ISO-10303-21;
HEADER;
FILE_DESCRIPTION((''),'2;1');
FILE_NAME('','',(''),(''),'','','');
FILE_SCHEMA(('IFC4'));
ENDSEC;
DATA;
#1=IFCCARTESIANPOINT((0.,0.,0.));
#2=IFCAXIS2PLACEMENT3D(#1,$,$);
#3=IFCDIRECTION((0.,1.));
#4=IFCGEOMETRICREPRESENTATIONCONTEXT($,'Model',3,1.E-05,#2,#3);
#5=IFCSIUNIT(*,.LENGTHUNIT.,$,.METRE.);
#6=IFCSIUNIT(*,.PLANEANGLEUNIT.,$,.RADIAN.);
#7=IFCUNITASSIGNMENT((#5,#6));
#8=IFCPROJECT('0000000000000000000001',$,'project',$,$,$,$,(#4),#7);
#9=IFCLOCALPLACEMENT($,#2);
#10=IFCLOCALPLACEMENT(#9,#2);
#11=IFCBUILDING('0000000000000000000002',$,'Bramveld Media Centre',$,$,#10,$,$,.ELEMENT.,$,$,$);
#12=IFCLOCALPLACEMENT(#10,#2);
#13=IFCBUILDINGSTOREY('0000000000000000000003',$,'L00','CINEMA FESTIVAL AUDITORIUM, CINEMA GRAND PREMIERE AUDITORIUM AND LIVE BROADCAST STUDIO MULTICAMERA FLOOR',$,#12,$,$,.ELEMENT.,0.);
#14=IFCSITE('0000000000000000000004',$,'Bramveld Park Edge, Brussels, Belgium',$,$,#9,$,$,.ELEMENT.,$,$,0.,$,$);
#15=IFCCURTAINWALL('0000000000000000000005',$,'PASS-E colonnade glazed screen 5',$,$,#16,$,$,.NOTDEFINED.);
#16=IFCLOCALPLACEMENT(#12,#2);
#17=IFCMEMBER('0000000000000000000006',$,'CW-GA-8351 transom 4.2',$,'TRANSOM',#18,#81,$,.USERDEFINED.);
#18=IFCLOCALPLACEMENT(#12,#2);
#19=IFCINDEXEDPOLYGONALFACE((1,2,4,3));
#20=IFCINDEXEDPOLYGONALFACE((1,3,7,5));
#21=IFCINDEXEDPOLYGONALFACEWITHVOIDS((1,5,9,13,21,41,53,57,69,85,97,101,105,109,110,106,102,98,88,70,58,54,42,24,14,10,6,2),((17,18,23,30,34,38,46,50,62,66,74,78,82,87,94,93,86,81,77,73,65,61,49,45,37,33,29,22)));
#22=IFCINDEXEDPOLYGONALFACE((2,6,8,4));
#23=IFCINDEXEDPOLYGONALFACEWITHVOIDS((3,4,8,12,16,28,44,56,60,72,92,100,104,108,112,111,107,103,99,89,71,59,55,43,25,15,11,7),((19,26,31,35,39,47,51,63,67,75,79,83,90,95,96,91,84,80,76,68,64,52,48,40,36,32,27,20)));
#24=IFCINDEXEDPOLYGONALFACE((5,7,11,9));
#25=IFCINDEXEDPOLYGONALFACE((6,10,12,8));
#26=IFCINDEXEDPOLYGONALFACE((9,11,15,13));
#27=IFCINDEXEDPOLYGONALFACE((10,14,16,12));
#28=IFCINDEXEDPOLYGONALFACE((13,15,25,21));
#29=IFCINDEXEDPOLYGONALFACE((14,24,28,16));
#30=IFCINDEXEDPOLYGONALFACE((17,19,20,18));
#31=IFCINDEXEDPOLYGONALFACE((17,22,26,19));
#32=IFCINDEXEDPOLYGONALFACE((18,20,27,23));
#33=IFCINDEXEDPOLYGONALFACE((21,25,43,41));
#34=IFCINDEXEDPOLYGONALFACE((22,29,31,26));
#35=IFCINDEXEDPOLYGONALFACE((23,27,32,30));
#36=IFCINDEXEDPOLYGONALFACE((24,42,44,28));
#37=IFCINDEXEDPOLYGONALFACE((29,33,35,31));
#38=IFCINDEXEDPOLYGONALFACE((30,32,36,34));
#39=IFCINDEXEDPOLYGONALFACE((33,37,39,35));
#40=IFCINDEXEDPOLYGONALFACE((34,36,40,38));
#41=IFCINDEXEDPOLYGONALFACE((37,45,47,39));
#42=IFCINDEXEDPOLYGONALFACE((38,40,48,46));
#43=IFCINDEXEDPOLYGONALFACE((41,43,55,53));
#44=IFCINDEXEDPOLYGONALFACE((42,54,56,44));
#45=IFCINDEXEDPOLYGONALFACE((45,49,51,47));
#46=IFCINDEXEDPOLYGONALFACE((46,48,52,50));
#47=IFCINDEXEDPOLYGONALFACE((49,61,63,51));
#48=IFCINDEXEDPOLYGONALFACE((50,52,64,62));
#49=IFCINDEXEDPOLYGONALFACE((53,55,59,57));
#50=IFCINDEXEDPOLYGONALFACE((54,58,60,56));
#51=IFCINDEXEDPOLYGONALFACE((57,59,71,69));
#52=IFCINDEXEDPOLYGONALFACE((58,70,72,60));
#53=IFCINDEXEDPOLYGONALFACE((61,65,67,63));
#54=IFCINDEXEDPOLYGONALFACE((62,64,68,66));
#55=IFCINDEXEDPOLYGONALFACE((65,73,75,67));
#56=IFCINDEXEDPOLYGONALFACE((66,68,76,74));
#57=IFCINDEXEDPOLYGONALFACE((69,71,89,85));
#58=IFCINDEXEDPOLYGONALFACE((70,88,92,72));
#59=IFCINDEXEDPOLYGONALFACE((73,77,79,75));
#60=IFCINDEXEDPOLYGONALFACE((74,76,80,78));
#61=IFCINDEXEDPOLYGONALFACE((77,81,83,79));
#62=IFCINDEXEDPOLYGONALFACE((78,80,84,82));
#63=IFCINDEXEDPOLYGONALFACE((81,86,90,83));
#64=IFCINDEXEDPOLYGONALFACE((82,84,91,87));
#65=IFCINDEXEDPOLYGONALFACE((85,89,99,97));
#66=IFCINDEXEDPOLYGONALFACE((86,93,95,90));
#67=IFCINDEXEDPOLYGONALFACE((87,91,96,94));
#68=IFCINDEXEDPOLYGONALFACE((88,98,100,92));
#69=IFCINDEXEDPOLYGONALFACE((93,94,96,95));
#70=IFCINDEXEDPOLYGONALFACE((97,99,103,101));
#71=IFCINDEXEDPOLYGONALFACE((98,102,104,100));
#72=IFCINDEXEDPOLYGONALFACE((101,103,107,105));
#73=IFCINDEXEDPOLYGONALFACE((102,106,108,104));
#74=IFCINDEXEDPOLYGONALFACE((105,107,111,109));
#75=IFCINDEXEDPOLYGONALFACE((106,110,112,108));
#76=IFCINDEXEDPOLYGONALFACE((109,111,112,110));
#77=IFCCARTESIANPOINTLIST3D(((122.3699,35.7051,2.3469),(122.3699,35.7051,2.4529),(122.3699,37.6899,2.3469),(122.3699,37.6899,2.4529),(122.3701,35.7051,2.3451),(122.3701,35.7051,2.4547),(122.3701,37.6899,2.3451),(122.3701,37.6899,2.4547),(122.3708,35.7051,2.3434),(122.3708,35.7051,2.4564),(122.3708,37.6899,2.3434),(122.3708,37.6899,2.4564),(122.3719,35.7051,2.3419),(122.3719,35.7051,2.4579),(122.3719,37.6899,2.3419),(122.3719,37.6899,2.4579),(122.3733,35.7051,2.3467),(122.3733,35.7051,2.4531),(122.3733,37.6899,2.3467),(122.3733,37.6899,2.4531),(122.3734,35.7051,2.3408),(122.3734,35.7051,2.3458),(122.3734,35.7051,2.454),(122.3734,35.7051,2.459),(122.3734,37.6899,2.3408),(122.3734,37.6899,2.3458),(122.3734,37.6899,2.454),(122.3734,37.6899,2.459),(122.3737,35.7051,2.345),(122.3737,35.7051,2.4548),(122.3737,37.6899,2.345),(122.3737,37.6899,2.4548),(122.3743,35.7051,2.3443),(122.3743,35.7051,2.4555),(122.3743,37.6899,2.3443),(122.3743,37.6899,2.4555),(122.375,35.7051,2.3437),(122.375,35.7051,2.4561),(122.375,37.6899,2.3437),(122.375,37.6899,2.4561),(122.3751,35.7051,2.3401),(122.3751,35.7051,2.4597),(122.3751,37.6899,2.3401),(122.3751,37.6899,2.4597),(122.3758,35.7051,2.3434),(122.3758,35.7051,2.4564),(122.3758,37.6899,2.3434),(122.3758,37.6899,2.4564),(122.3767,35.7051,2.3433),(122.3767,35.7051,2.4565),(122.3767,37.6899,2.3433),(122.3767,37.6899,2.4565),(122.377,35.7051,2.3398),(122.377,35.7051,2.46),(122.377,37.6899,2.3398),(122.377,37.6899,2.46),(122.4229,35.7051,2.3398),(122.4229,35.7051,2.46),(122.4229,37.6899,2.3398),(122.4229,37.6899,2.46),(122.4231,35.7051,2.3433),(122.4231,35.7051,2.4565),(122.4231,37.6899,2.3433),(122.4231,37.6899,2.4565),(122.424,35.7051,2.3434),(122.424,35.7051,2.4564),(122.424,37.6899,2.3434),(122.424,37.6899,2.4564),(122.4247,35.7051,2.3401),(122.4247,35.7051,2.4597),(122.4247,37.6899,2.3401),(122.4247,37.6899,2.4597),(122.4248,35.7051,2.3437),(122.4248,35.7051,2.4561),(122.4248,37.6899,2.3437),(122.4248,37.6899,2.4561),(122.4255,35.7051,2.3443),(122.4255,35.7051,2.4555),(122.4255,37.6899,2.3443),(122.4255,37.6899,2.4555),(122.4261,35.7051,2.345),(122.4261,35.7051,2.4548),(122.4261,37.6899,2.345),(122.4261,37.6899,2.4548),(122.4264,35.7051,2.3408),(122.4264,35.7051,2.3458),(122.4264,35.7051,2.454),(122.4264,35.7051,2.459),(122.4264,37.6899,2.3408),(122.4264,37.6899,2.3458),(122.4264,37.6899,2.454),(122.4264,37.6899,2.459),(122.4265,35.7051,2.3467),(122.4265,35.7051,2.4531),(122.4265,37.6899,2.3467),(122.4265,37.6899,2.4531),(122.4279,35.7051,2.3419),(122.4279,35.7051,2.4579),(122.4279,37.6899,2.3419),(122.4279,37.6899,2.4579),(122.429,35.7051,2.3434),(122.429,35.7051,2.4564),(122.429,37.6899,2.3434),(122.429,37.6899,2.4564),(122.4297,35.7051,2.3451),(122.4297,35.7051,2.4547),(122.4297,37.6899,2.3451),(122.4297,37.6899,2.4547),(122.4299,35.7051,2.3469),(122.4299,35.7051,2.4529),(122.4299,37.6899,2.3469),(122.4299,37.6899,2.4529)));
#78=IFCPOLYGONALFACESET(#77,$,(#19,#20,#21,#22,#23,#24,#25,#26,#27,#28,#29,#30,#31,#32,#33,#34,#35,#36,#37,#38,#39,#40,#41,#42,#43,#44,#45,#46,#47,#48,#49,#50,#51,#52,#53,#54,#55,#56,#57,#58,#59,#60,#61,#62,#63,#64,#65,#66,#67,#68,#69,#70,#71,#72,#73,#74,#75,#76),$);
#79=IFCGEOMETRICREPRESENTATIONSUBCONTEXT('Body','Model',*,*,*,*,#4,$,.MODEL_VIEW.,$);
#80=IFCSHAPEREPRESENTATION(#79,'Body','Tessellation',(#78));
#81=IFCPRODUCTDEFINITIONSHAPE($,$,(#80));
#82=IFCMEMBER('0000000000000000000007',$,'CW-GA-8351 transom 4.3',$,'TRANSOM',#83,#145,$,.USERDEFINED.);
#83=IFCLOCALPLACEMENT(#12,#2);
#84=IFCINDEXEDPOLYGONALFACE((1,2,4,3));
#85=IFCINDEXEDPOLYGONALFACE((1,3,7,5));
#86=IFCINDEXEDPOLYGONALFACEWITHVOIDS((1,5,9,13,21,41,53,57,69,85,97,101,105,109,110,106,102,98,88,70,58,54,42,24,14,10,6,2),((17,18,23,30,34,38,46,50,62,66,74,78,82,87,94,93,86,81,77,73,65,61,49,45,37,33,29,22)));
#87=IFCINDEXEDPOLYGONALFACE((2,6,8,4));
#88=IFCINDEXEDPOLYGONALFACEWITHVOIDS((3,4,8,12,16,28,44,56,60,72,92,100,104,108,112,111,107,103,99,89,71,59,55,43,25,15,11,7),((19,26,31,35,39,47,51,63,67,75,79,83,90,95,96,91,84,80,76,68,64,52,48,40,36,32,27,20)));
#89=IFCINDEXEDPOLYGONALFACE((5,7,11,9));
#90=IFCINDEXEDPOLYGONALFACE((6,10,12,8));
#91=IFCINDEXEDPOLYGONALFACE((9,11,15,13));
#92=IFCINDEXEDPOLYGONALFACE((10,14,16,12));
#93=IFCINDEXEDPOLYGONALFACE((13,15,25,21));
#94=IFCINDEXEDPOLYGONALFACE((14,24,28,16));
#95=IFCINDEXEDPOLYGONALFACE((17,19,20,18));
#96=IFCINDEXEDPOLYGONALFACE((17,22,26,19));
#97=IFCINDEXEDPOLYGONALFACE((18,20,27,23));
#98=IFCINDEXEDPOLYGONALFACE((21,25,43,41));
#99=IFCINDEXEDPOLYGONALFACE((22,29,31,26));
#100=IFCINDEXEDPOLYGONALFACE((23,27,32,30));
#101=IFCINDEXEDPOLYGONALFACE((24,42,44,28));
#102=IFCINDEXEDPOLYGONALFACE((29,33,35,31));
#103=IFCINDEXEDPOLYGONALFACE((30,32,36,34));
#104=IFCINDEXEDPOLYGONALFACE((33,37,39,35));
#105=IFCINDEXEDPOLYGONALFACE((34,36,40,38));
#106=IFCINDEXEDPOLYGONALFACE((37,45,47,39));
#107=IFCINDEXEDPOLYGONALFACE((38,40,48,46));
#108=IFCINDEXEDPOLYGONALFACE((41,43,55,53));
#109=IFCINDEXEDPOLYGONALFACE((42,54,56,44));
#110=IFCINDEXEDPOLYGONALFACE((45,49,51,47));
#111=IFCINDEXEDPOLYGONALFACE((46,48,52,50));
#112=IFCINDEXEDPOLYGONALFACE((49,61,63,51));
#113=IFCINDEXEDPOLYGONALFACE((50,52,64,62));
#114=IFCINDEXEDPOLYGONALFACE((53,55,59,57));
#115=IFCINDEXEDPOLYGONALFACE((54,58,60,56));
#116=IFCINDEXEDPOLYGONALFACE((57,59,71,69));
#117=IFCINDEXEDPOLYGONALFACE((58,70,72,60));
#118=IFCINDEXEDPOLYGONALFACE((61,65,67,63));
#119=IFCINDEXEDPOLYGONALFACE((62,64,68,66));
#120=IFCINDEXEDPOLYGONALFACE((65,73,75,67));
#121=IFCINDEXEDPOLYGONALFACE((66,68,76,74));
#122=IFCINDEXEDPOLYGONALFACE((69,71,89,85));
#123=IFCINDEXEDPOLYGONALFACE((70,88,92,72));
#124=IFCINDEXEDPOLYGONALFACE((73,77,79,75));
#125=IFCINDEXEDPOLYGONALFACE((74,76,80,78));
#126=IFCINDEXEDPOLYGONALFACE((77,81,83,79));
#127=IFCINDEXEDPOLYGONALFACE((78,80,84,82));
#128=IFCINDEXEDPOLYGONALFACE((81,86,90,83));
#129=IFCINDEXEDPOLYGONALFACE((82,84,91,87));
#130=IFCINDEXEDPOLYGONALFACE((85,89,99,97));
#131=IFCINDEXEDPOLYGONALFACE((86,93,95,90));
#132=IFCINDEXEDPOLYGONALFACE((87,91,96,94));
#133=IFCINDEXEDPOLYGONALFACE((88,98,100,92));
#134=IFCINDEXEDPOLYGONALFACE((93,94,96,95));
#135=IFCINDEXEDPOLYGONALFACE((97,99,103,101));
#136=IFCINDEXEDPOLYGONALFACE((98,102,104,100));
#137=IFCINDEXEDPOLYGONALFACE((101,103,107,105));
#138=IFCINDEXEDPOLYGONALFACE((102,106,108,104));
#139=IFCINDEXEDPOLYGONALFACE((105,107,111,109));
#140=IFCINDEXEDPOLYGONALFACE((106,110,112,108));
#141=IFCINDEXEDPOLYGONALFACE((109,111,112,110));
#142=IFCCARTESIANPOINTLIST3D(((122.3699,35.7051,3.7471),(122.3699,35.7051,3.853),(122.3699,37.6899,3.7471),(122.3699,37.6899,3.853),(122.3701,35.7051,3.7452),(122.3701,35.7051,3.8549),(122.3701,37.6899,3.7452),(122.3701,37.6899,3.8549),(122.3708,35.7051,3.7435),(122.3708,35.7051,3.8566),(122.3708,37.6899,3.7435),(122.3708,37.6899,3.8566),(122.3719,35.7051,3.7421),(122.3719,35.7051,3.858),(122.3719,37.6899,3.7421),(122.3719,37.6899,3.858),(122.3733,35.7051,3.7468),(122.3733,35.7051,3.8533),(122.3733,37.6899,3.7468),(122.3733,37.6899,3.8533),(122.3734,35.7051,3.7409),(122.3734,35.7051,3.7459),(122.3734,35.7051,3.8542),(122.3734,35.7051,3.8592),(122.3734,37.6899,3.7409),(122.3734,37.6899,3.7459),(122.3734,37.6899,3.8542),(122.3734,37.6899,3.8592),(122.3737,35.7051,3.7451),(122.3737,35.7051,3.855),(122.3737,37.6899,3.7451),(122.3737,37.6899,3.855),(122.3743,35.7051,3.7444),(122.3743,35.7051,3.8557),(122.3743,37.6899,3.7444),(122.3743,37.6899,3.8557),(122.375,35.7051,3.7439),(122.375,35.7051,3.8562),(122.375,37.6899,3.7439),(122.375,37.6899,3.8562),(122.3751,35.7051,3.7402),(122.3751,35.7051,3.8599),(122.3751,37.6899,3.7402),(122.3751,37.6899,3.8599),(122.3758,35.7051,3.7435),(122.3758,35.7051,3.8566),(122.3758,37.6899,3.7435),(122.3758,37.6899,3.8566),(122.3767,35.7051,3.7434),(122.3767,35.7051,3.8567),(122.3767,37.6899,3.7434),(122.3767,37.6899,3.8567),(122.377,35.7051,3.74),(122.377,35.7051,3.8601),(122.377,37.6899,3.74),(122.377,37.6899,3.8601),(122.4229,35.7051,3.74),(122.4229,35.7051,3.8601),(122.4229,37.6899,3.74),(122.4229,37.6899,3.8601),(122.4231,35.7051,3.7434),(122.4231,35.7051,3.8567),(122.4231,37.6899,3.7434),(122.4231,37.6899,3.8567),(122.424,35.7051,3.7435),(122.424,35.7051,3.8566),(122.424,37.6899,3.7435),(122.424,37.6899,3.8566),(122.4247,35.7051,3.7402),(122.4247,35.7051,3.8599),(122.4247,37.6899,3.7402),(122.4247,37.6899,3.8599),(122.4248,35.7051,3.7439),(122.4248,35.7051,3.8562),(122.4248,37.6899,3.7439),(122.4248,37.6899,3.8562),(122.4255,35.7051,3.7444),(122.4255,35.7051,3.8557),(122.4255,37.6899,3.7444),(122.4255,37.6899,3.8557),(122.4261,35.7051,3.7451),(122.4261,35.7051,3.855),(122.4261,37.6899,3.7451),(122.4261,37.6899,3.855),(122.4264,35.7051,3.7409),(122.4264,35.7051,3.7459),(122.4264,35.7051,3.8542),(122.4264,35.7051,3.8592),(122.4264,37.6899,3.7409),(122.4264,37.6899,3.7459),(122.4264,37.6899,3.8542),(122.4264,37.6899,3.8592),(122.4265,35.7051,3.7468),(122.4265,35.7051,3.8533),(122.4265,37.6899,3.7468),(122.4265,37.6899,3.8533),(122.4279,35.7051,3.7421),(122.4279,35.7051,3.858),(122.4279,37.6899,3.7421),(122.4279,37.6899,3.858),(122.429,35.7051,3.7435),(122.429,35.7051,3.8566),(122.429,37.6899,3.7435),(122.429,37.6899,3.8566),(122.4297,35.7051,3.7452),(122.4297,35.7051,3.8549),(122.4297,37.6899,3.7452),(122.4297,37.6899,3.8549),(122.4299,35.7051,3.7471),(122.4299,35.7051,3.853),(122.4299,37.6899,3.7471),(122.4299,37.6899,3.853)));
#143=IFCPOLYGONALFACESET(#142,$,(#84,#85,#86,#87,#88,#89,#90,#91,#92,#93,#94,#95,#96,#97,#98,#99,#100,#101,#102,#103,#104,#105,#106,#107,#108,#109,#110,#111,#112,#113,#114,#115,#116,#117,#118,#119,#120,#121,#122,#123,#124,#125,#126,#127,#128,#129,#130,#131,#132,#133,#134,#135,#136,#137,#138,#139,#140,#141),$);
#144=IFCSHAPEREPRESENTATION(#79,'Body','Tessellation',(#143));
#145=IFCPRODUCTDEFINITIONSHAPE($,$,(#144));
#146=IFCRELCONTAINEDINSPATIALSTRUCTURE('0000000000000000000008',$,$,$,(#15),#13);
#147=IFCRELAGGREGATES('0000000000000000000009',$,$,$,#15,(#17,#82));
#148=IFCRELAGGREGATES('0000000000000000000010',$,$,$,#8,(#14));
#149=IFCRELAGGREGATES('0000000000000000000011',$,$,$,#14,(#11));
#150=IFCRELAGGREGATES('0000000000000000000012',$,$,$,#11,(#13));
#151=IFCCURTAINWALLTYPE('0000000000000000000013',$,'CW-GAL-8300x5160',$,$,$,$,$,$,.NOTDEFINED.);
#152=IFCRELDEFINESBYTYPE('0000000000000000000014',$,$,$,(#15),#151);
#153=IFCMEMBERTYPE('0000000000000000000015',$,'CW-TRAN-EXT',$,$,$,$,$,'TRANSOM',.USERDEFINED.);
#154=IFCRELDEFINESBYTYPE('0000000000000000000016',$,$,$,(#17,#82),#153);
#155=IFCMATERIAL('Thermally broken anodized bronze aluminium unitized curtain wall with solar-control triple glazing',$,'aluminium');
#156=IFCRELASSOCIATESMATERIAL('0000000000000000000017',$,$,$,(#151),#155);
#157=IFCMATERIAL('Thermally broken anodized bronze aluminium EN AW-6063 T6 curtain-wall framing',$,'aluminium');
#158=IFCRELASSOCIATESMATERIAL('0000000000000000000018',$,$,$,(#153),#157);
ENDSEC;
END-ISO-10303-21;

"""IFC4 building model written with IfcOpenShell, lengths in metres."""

from ifc_helpers import new_model, si_unit, direction, frame, origin, origin_2d, place, context, subcontext, project, spatial, hollow_rectangle, extrude, material, material_profile, profile_set, type_object, element, aggregate, save


model = new_model("IFC4")

# Units and contexts
model_context = context("Model", 3, precision=1e-05, world=origin(), true_north=direction((0.0, 1.0)))
body_context = subcontext(model_context, "Body", "Model", "MODEL_VIEW")
ifc_project = project(units=[si_unit("LENGTHUNIT", "METRE"), si_unit("PLANEANGLEUNIT", "RADIAN")], contexts=[model_context])

# Site, building, storey
site_placement = place(None, origin())
site = spatial("IfcSite", under=ifc_project, at=site_placement, Name="Bramveld Park Edge, Brussels, Belgium", CompositionType="ELEMENT", RefElevation=0.0)
building_placement = place(site_placement, origin())
building = spatial("IfcBuilding", under=site, at=building_placement, Name="Bramveld Media Centre", CompositionType="ELEMENT")
storey_placement = place(building_placement, origin())
storey = spatial("IfcBuildingStorey", under=building, at=storey_placement, Name="L00", Description="CINEMA FESTIVAL AUDITORIUM, CINEMA GRAND PREMIERE AUDITORIUM AND LIVE BROADCAST STUDIO MULTICAMERA FLOOR", CompositionType="ELEMENT", Elevation=0.0)

# Curtain wall, members
ifc_material_1 = material(Name="Thermally broken anodized bronze aluminium unitized curtain wall with solar-control triple glazing", Category="aluminium")
curtain_wall_type = type_object("IfcCurtainWallType", Name="CW-GAL-8300x5160", PredefinedType="NOTDEFINED", material=ifc_material_1)
curtain_wall_placement = place(storey_placement, origin())
curtain_wall = element("IfcCurtainWall", 1, at=curtain_wall_placement, inside=storey, type_object=curtain_wall_type, Name="PASS-E colonnade glazed screen 5", PredefinedType="NOTDEFINED")
ifc_material_2 = material(Name="Thermally broken anodized bronze aluminium EN AW-6063 T6 curtain-wall framing", Category="aluminium")
ifc_material_profile_1 = material_profile(ifc_material_2, hollow_rectangle(XDim=0.0601, YDim=0.1201, WallThickness=0.0034, InnerFilletRadius=0.0034, OuterFilletRadius=0.0071, at=origin_2d()), Name="AL-TRAN 60x120")
ifc_profile_set_1 = profile_set([ifc_material_profile_1], Name="Thermally broken anodized bronze aluminium EN AW-6063 T6 curtain-wall framing")
member_type_1 = type_object("IfcMemberType", Name="CW-TRAN-EXT", ElementType="TRANSOM", PredefinedType="USERDEFINED", material=ifc_profile_set_1)
member_1_placement = place(storey_placement, frame((122.3999, 35.7051, 2.3999), z_axis=(0.0, 1.0, 0.0), x_axis=(-1.0, 0.0, 0.0)))
member_1 = element("IfcMember", 2, at=member_1_placement, type_object=member_type_1, Name="CW-GA-8351 transom 4.2", ObjectType="TRANSOM", PredefinedType="USERDEFINED", context=body_context, shape_type="SweptSolid", body=[
    extrude(hollow_rectangle(XDim=0.0601, YDim=0.1201, WallThickness=0.0034, InnerFilletRadius=0.0034, OuterFilletRadius=0.0071, at=origin_2d()), origin(), (0.0, 0.0, 1.0), 1.9849),
])
member_2_placement = place(storey_placement, frame((122.3999, 35.7051, 3.8), z_axis=(0.0, 1.0, 0.0), x_axis=(-1.0, 0.0, 0.0)))
member_2 = element("IfcMember", 3, at=member_2_placement, type_object=member_type_1, Name="CW-GA-8351 transom 4.3", ObjectType="TRANSOM", PredefinedType="USERDEFINED", context=body_context, shape_type="SweptSolid", body=[
    extrude(hollow_rectangle(XDim=0.0601, YDim=0.1201, WallThickness=0.0034, InnerFilletRadius=0.0034, OuterFilletRadius=0.0071, at=origin_2d()), origin(), (0.0, 0.0, 1.0), 1.9849),
])

aggregate(curtain_wall, [member_1, member_2])

save(model, "model.ifc")
